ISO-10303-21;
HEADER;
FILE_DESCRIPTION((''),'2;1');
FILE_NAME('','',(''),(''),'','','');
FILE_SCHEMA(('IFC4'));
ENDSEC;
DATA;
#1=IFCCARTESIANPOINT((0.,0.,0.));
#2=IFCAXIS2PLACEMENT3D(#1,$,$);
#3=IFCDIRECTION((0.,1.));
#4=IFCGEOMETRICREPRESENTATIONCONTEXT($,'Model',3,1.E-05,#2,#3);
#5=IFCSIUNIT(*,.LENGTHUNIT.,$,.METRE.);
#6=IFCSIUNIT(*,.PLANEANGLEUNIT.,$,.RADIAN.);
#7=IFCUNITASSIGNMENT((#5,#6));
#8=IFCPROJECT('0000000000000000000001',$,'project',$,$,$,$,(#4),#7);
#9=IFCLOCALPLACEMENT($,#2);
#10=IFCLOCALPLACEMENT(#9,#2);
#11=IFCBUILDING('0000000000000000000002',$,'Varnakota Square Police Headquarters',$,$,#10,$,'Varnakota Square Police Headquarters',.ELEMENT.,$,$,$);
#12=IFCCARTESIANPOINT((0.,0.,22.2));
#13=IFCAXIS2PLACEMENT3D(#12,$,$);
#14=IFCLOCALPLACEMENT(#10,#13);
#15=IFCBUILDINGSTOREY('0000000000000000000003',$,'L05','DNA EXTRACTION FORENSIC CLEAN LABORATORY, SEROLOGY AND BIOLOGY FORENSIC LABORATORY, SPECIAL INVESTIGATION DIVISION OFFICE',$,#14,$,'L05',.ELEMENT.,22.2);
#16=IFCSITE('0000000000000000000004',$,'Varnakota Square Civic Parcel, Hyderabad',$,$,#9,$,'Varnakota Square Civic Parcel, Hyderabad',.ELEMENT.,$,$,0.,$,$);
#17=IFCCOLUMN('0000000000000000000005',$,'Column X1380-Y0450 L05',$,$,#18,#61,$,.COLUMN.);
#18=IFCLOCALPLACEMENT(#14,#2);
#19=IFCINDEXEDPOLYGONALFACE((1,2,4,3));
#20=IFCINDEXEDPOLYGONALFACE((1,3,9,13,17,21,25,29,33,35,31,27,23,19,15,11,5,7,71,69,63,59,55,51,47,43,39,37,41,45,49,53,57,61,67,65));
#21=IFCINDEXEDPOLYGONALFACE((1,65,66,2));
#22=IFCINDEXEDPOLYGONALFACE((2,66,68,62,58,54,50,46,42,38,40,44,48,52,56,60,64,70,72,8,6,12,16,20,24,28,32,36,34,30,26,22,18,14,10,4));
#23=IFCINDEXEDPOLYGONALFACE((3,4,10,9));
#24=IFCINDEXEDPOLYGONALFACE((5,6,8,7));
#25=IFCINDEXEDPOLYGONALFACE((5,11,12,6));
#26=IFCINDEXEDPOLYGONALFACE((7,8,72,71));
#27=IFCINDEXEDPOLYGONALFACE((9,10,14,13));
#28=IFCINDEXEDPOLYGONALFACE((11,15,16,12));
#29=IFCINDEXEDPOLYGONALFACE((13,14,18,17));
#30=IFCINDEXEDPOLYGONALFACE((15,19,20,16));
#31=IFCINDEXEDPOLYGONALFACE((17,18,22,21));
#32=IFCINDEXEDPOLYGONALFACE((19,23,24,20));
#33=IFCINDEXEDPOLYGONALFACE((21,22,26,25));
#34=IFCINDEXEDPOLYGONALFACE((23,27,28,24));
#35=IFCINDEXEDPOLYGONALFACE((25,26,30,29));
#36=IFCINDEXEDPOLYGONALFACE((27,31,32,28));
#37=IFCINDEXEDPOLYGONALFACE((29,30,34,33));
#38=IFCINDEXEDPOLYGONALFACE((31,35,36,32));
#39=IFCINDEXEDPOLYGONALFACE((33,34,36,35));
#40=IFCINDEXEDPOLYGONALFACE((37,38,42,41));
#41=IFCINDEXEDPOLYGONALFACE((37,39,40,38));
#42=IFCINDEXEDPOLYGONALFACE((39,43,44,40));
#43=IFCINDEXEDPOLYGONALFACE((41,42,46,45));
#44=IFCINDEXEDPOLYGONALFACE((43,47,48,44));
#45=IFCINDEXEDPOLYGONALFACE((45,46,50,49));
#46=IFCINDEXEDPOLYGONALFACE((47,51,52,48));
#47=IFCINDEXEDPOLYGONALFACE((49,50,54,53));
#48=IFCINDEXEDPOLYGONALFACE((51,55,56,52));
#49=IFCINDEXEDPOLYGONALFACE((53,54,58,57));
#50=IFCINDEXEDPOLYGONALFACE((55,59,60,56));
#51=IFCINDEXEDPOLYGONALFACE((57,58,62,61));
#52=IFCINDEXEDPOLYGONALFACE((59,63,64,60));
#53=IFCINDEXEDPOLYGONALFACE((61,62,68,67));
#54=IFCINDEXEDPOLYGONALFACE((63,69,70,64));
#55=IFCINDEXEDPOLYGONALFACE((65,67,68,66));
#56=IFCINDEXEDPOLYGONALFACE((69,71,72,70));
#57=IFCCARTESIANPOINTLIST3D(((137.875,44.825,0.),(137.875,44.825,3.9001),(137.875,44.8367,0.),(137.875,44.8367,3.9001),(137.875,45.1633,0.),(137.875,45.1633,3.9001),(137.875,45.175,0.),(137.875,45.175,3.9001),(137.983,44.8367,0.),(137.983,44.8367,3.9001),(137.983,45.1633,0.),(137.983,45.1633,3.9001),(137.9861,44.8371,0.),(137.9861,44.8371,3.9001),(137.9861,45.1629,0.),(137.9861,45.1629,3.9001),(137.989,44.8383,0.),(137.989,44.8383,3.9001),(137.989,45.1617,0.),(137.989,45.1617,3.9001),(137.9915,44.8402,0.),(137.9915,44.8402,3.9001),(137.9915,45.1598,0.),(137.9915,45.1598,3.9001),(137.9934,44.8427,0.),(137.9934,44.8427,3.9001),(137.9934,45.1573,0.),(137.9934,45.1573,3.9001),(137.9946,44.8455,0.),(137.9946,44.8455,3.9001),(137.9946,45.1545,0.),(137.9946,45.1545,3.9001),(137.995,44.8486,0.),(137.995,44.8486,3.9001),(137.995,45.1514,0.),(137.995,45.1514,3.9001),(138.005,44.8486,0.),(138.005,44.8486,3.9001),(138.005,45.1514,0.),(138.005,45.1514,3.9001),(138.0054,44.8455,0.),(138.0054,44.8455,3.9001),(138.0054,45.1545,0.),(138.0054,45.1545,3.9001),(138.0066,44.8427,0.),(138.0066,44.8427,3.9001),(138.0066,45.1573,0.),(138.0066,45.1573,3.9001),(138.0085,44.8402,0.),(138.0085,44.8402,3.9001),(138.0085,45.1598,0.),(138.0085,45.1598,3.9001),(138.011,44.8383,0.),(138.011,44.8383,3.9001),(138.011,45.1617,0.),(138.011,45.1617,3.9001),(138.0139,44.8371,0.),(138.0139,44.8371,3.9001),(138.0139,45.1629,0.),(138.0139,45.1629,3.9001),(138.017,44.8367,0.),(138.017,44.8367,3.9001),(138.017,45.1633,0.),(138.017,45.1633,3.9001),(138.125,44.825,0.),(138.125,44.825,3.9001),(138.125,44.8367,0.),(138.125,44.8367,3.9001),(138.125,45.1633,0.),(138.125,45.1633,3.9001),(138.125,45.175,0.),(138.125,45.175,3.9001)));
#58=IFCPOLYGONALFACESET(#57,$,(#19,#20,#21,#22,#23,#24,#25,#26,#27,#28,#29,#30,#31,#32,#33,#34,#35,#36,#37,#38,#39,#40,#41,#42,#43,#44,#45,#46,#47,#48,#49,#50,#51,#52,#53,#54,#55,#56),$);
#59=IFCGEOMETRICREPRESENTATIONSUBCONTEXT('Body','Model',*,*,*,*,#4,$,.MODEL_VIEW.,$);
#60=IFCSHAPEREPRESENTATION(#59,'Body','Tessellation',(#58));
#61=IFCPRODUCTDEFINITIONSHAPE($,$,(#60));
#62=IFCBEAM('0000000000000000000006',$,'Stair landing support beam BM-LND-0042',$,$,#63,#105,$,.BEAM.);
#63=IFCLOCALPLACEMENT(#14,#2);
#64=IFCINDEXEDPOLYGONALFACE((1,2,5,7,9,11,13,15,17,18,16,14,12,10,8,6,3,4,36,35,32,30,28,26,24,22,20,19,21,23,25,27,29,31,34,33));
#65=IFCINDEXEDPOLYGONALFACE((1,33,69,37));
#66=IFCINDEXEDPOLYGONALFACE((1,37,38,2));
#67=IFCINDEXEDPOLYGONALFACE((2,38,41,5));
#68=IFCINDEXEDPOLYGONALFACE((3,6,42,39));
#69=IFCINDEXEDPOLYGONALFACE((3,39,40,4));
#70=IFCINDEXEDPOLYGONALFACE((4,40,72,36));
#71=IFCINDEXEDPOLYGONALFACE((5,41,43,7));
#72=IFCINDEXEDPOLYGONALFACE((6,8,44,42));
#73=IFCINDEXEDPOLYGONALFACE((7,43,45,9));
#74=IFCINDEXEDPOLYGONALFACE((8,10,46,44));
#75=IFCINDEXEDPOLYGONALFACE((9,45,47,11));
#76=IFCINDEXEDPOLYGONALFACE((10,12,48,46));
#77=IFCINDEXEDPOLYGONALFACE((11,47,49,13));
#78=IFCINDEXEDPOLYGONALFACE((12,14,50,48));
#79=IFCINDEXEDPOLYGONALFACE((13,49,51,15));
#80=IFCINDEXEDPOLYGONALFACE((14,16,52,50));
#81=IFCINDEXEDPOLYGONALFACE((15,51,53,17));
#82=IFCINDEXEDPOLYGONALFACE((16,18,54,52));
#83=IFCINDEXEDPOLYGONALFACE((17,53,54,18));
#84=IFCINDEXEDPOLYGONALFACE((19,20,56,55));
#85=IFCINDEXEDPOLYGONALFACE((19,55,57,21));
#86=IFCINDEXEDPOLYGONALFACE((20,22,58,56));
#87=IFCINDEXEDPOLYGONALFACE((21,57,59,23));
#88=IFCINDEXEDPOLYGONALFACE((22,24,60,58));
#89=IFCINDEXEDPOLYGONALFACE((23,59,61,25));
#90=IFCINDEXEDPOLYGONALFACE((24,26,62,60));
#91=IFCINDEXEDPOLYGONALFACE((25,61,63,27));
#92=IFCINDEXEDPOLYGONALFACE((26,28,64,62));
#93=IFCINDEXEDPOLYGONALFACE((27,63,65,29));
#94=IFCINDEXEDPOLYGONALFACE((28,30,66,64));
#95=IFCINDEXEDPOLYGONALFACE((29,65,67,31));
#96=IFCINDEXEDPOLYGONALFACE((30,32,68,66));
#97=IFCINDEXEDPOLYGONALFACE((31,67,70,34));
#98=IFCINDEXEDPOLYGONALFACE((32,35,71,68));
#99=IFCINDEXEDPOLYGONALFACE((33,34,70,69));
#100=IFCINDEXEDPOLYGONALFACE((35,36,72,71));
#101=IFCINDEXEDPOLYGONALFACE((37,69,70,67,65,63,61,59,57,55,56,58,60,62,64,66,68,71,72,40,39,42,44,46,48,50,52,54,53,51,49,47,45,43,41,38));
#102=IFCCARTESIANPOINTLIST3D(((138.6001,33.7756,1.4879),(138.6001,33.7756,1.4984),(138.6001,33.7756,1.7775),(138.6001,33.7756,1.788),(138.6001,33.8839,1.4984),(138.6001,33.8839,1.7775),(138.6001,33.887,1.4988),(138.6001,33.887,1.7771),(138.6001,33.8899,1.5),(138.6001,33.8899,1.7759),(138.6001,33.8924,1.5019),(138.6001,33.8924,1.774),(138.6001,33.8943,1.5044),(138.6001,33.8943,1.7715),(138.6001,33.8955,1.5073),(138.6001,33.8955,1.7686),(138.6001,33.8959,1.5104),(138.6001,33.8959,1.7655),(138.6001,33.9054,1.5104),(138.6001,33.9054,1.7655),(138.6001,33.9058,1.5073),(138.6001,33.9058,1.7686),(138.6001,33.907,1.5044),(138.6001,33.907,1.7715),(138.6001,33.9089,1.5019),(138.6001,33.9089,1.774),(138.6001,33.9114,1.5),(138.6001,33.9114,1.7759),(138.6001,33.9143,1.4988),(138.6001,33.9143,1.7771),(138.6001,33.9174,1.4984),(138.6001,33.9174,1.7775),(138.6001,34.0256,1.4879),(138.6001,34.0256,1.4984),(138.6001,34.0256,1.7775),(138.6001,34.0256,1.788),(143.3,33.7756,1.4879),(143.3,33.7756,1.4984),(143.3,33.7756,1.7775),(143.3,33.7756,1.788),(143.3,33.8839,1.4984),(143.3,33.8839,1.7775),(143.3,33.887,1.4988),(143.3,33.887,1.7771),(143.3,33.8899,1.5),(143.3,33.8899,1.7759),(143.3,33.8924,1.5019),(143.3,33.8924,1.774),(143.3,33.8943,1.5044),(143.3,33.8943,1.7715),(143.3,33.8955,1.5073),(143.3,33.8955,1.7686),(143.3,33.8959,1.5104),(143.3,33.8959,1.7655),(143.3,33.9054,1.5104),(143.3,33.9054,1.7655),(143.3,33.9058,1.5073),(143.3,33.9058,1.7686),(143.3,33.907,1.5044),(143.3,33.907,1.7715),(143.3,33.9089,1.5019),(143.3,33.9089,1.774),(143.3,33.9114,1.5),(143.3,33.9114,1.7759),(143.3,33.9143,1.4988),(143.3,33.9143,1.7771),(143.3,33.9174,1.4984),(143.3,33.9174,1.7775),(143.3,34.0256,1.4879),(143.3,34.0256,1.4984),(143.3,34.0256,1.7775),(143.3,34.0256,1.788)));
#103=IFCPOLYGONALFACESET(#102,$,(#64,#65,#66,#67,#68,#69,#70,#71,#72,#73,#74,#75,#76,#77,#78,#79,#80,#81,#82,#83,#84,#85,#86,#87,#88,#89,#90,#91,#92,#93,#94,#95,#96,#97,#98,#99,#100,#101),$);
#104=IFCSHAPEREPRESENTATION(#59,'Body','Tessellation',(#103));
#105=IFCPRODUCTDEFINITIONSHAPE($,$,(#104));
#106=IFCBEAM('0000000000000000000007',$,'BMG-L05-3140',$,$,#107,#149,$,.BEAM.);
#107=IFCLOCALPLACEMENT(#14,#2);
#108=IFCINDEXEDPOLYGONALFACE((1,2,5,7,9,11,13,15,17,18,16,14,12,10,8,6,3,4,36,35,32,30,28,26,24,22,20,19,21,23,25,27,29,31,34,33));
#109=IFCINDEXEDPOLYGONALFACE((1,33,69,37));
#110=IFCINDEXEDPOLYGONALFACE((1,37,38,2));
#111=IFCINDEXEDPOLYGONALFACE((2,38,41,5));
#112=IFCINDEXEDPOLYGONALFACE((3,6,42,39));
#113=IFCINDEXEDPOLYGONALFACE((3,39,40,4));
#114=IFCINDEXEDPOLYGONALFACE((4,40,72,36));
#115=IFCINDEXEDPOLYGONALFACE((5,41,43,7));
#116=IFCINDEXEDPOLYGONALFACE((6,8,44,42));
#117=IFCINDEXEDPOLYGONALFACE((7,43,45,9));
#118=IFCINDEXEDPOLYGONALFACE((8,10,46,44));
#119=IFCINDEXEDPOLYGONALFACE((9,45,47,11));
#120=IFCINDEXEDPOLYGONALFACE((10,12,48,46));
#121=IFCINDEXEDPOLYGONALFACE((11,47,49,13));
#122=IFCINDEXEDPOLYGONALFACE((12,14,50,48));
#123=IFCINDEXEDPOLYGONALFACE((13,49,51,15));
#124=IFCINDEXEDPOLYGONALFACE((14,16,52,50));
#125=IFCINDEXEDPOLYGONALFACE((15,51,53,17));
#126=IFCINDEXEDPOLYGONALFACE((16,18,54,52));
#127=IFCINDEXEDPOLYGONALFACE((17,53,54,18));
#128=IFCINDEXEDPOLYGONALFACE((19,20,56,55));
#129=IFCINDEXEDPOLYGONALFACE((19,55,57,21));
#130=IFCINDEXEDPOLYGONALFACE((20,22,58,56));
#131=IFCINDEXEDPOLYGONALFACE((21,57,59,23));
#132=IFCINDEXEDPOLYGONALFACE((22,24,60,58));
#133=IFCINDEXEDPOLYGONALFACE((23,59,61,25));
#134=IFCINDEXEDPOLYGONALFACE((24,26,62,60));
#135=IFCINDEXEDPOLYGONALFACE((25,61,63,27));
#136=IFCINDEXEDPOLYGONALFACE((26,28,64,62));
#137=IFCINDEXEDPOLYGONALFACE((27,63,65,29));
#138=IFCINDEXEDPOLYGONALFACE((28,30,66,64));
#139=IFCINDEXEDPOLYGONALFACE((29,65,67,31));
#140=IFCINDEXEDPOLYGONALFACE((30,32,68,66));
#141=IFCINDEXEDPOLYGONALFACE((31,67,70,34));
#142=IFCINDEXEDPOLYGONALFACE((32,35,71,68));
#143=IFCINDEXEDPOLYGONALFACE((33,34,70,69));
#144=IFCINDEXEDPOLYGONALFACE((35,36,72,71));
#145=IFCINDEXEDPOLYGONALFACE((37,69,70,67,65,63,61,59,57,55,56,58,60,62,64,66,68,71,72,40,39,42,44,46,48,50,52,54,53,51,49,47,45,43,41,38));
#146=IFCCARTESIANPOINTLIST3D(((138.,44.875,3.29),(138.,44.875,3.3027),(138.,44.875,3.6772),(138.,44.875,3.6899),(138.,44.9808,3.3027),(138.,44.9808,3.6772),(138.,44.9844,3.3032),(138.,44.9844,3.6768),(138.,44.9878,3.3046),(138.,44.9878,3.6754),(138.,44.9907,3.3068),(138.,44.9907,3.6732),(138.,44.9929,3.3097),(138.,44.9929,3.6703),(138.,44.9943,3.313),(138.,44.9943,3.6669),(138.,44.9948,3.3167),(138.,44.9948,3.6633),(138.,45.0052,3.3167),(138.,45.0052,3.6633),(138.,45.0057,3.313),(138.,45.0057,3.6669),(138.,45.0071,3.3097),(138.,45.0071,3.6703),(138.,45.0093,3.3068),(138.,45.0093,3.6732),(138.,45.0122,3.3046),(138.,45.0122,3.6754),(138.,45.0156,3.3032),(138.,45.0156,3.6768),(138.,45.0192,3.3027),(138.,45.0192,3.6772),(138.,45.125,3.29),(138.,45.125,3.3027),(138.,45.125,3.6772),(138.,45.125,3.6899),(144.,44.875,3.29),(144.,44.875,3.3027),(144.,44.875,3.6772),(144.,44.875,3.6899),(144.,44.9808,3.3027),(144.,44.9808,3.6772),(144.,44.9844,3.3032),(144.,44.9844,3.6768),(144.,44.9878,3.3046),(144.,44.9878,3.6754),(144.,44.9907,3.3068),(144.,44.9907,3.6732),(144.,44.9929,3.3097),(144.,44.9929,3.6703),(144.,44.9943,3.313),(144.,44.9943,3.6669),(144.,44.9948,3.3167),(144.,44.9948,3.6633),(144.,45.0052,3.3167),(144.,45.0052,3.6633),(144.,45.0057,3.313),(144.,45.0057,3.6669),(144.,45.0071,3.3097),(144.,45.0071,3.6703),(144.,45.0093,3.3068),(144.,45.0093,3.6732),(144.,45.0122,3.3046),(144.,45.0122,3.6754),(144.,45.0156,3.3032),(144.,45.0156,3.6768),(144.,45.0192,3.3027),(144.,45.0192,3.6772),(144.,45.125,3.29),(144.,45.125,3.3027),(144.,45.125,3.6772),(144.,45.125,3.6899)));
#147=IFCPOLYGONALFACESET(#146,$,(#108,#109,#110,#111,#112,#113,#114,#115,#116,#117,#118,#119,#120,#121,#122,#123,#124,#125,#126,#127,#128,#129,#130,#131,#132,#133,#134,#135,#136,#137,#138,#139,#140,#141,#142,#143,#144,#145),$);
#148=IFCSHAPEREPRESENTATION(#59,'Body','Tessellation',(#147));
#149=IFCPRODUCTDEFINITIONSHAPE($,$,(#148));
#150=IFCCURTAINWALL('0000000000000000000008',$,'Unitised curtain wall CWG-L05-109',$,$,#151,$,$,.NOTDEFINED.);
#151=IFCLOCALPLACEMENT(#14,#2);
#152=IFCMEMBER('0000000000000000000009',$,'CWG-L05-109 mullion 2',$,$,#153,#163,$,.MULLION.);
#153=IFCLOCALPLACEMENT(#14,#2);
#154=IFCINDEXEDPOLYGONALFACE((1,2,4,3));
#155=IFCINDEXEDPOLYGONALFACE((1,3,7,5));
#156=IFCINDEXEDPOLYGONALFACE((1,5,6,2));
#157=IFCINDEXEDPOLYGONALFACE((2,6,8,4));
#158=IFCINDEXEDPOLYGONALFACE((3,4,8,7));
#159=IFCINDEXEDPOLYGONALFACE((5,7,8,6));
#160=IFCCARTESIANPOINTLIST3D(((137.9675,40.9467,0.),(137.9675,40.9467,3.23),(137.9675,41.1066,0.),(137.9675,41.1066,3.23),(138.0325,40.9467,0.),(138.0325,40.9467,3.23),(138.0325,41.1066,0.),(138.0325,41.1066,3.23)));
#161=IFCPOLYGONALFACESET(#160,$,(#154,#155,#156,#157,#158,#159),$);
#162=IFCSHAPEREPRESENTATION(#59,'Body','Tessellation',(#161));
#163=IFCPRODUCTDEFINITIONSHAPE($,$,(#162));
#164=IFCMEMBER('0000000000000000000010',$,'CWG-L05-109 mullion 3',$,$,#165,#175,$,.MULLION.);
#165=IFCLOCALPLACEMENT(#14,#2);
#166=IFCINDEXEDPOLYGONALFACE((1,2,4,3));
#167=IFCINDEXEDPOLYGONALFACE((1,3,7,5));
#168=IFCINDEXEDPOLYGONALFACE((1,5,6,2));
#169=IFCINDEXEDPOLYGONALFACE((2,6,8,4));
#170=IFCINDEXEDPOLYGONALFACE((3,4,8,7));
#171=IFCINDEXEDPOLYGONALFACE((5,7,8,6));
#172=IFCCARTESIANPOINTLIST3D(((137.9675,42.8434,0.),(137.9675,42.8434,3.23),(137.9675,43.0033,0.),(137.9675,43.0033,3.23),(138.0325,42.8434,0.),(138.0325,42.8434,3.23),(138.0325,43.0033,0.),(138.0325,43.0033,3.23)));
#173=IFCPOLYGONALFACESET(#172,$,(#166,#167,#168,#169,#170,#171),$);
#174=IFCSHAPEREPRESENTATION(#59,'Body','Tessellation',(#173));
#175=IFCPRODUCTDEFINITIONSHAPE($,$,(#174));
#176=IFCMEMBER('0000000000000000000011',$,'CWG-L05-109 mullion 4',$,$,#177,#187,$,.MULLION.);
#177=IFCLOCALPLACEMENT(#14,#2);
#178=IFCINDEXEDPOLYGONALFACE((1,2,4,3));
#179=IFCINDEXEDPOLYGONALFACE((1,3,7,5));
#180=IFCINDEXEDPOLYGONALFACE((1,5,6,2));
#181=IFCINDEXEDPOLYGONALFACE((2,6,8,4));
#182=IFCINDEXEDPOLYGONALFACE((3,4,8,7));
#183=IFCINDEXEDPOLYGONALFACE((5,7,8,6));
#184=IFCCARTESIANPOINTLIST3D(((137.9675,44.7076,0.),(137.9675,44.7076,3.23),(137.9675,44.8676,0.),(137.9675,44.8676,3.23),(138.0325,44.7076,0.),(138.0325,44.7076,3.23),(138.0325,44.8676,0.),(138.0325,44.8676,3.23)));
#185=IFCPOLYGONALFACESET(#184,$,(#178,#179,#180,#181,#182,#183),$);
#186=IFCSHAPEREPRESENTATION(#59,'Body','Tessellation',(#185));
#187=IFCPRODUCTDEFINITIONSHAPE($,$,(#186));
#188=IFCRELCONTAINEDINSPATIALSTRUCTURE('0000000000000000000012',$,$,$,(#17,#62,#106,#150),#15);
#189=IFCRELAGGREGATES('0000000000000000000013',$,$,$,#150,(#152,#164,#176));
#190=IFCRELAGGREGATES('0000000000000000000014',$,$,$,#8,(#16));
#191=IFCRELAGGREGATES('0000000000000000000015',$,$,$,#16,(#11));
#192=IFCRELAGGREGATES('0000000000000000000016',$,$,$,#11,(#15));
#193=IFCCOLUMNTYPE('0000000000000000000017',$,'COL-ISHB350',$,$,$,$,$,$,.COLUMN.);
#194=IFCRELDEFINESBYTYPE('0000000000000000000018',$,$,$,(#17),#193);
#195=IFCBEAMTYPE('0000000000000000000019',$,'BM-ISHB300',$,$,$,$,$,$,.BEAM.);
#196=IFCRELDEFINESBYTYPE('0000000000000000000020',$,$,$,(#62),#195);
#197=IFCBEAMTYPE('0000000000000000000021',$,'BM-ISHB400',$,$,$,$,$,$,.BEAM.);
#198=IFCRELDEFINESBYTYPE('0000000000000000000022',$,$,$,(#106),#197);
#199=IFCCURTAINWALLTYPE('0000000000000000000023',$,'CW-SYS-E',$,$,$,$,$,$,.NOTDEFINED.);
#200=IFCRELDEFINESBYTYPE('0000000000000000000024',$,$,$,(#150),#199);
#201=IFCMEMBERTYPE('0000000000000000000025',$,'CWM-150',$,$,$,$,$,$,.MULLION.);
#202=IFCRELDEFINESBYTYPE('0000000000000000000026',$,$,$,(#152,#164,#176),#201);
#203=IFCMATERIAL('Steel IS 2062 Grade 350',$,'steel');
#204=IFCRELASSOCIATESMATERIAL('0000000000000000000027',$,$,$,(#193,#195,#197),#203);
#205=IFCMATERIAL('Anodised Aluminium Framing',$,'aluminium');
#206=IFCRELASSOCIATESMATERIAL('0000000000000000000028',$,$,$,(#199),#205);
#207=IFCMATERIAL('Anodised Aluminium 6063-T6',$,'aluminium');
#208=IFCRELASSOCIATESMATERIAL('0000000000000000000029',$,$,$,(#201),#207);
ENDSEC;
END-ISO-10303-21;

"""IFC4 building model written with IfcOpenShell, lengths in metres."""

from ifc_helpers import new_model, si_unit, direction, frame, origin, origin_2d, place, context, subcontext, project, spatial, rectangle, i_section, extrude, material, material_profile, profile_set, type_object, element, aggregate, save


model = new_model("IFC4")

# Units and contexts
model_context = context("Model", 3, precision=1e-05, world=origin(), true_north=direction((0.0, 1.0)))
body_context = subcontext(model_context, "Body", "Model", "MODEL_VIEW")
ifc_project = project(units=[si_unit("LENGTHUNIT", "METRE"), si_unit("PLANEANGLEUNIT", "RADIAN")], contexts=[model_context])

# Site, building, storey
site_placement = place(None, origin())
site = spatial("IfcSite", under=ifc_project, at=site_placement, Name="Varnakota Square Civic Parcel, Hyderabad", LongName="Varnakota Square Civic Parcel, Hyderabad", CompositionType="ELEMENT", RefElevation=0.0)
building_placement = place(site_placement, origin())
building = spatial("IfcBuilding", under=site, at=building_placement, Name="Varnakota Square Police Headquarters", LongName="Varnakota Square Police Headquarters", CompositionType="ELEMENT")
storey_placement = place(building_placement, frame((0.0, 0.0, 22.2)))
storey = spatial("IfcBuildingStorey", under=building, at=storey_placement, Name="L05", Description="DNA EXTRACTION FORENSIC CLEAN LABORATORY, SEROLOGY AND BIOLOGY FORENSIC LABORATORY, SPECIAL INVESTIGATION DIVISION OFFICE", LongName="L05", CompositionType="ELEMENT", Elevation=22.2)

# Column
ifc_material_1 = material(Name="Steel IS 2062 Grade 350", Category="steel")
ifc_material_profile_1 = material_profile(ifc_material_1, i_section(OverallWidth=0.25, OverallDepth=0.3501, WebThickness=0.01, FlangeThickness=0.0117, FilletRadius=0.012, at=origin_2d()), Name="ISHB 350")
ifc_profile_set_1 = profile_set([ifc_material_profile_1], Name="Steel IS 2062 Grade 350")
column_type = type_object("IfcColumnType", Name="COL-ISHB350", PredefinedType="COLUMN", material=ifc_profile_set_1)
column_placement = place(storey_placement, frame((138.0, 45.0, 0.0), z_axis=(0.0, 0.0, 1.0), x_axis=(1.0, 0.0, 0.0)))
element("IfcColumn", 1, at=column_placement, inside=storey, type_object=column_type, Name="Column X1380-Y0450 L05", PredefinedType="COLUMN", context=body_context, shape_type="SweptSolid", body=[
    extrude(i_section(OverallWidth=0.25, OverallDepth=0.3501, WebThickness=0.01, FlangeThickness=0.0117, FilletRadius=0.012, at=origin_2d()), origin(), (0.0, 0.0, 1.0), 3.9001),
])

# Beams
ifc_material_profile_2 = material_profile(ifc_material_1, i_section(OverallWidth=0.25, OverallDepth=0.3, WebThickness=0.0095, FlangeThickness=0.0105, FilletRadius=0.012, at=origin_2d()), Name="ISHB 300")
ifc_profile_set_2 = profile_set([ifc_material_profile_2], Name="Steel IS 2062 Grade 350")
beam_type_1 = type_object("IfcBeamType", Name="BM-ISHB300", PredefinedType="BEAM", material=ifc_profile_set_2)
beam_1_placement = place(storey_placement, frame((138.6001, 33.9006, 1.6379), z_axis=(1.0, 0.0, 0.0), x_axis=(0.0, 1.0, 0.0)))
element("IfcBeam", 2, at=beam_1_placement, inside=storey, type_object=beam_type_1, Name="Stair landing support beam BM-LND-0042", PredefinedType="BEAM", context=body_context, shape_type="SweptSolid", body=[
    extrude(i_section(OverallWidth=0.25, OverallDepth=0.3, WebThickness=0.0095, FlangeThickness=0.0105, FilletRadius=0.012, at=origin_2d()), origin(), (0.0, 0.0, 1.0), 4.7),
])
ifc_material_profile_3 = material_profile(ifc_material_1, i_section(OverallWidth=0.25, OverallDepth=0.3999, WebThickness=0.0105, FlangeThickness=0.0127, FilletRadius=0.0139, at=origin_2d()), Name="ISHB 400")
ifc_profile_set_3 = profile_set([ifc_material_profile_3], Name="Steel IS 2062 Grade 350")
beam_type_2 = type_object("IfcBeamType", Name="BM-ISHB400", PredefinedType="BEAM", material=ifc_profile_set_3)
beam_2_placement = place(storey_placement, frame((138.0, 45.0, 3.49), z_axis=(1.0, 0.0, 0.0), x_axis=(0.0, 1.0, 0.0)))
element("IfcBeam", 3, at=beam_2_placement, inside=storey, type_object=beam_type_2, Name="BMG-L05-3140", PredefinedType="BEAM", context=body_context, shape_type="SweptSolid", body=[
    extrude(i_section(OverallWidth=0.25, OverallDepth=0.3999, WebThickness=0.0105, FlangeThickness=0.0127, FilletRadius=0.0139, at=origin_2d()), origin(), (0.0, 0.0, 1.0), 6.0),
])

# Curtain wall, members
ifc_material_2 = material(Name="Anodised Aluminium Framing", Category="aluminium")
curtain_wall_type = type_object("IfcCurtainWallType", Name="CW-SYS-E", PredefinedType="NOTDEFINED", material=ifc_material_2)
curtain_wall_placement = place(storey_placement, origin())
curtain_wall = element("IfcCurtainWall", 4, at=curtain_wall_placement, inside=storey, type_object=curtain_wall_type, Name="Unitised curtain wall CWG-L05-109", PredefinedType="NOTDEFINED")
ifc_material_3 = material(Name="Anodised Aluminium 6063-T6", Category="aluminium")
ifc_material_profile_4 = material_profile(ifc_material_3, rectangle(XDim=0.0649, YDim=0.1599, at=origin_2d()), Name="ALU MULLION 65x160")
ifc_profile_set_4 = profile_set([ifc_material_profile_4], Name="Anodised Aluminium 6063-T6")
member_type_1 = type_object("IfcMemberType", Name="CWM-150", PredefinedType="MULLION", material=ifc_profile_set_4)
member_1_placement = place(storey_placement, frame((138.0, 41.0266, 0.0), z_axis=(0.0, 0.0, 1.0), x_axis=(-1.0, 0.0, 0.0)))
member_1 = element("IfcMember", 5, at=member_1_placement, type_object=member_type_1, Name="CWG-L05-109 mullion 2", PredefinedType="MULLION", context=body_context, shape_type="SweptSolid", body=[
    extrude(rectangle(XDim=0.0649, YDim=0.1599, at=origin_2d()), origin(), (0.0, 0.0, 1.0), 3.23),
])
member_2_placement = place(storey_placement, frame((138.0, 42.9233, 0.0), z_axis=(0.0, 0.0, 1.0), x_axis=(-1.0, 0.0, 0.0)))
member_2 = element("IfcMember", 6, at=member_2_placement, type_object=member_type_1, Name="CWG-L05-109 mullion 3", PredefinedType="MULLION", context=body_context, shape_type="SweptSolid", body=[
    extrude(rectangle(XDim=0.0649, YDim=0.1599, at=origin_2d()), origin(), (0.0, 0.0, 1.0), 3.23),
])
member_3_placement = place(storey_placement, frame((138.0, 44.7876, 0.0), z_axis=(0.0, 0.0, 1.0), x_axis=(-1.0, 0.0, 0.0)))
member_3 = element("IfcMember", 7, at=member_3_placement, type_object=member_type_1, Name="CWG-L05-109 mullion 4", PredefinedType="MULLION", context=body_context, shape_type="SweptSolid", body=[
    extrude(rectangle(XDim=0.0649, YDim=0.1599, at=origin_2d()), origin(), (0.0, 0.0, 1.0), 3.23),
])
aggregate(curtain_wall, [member_1, member_2, member_3])

save(model, "model.ifc")
